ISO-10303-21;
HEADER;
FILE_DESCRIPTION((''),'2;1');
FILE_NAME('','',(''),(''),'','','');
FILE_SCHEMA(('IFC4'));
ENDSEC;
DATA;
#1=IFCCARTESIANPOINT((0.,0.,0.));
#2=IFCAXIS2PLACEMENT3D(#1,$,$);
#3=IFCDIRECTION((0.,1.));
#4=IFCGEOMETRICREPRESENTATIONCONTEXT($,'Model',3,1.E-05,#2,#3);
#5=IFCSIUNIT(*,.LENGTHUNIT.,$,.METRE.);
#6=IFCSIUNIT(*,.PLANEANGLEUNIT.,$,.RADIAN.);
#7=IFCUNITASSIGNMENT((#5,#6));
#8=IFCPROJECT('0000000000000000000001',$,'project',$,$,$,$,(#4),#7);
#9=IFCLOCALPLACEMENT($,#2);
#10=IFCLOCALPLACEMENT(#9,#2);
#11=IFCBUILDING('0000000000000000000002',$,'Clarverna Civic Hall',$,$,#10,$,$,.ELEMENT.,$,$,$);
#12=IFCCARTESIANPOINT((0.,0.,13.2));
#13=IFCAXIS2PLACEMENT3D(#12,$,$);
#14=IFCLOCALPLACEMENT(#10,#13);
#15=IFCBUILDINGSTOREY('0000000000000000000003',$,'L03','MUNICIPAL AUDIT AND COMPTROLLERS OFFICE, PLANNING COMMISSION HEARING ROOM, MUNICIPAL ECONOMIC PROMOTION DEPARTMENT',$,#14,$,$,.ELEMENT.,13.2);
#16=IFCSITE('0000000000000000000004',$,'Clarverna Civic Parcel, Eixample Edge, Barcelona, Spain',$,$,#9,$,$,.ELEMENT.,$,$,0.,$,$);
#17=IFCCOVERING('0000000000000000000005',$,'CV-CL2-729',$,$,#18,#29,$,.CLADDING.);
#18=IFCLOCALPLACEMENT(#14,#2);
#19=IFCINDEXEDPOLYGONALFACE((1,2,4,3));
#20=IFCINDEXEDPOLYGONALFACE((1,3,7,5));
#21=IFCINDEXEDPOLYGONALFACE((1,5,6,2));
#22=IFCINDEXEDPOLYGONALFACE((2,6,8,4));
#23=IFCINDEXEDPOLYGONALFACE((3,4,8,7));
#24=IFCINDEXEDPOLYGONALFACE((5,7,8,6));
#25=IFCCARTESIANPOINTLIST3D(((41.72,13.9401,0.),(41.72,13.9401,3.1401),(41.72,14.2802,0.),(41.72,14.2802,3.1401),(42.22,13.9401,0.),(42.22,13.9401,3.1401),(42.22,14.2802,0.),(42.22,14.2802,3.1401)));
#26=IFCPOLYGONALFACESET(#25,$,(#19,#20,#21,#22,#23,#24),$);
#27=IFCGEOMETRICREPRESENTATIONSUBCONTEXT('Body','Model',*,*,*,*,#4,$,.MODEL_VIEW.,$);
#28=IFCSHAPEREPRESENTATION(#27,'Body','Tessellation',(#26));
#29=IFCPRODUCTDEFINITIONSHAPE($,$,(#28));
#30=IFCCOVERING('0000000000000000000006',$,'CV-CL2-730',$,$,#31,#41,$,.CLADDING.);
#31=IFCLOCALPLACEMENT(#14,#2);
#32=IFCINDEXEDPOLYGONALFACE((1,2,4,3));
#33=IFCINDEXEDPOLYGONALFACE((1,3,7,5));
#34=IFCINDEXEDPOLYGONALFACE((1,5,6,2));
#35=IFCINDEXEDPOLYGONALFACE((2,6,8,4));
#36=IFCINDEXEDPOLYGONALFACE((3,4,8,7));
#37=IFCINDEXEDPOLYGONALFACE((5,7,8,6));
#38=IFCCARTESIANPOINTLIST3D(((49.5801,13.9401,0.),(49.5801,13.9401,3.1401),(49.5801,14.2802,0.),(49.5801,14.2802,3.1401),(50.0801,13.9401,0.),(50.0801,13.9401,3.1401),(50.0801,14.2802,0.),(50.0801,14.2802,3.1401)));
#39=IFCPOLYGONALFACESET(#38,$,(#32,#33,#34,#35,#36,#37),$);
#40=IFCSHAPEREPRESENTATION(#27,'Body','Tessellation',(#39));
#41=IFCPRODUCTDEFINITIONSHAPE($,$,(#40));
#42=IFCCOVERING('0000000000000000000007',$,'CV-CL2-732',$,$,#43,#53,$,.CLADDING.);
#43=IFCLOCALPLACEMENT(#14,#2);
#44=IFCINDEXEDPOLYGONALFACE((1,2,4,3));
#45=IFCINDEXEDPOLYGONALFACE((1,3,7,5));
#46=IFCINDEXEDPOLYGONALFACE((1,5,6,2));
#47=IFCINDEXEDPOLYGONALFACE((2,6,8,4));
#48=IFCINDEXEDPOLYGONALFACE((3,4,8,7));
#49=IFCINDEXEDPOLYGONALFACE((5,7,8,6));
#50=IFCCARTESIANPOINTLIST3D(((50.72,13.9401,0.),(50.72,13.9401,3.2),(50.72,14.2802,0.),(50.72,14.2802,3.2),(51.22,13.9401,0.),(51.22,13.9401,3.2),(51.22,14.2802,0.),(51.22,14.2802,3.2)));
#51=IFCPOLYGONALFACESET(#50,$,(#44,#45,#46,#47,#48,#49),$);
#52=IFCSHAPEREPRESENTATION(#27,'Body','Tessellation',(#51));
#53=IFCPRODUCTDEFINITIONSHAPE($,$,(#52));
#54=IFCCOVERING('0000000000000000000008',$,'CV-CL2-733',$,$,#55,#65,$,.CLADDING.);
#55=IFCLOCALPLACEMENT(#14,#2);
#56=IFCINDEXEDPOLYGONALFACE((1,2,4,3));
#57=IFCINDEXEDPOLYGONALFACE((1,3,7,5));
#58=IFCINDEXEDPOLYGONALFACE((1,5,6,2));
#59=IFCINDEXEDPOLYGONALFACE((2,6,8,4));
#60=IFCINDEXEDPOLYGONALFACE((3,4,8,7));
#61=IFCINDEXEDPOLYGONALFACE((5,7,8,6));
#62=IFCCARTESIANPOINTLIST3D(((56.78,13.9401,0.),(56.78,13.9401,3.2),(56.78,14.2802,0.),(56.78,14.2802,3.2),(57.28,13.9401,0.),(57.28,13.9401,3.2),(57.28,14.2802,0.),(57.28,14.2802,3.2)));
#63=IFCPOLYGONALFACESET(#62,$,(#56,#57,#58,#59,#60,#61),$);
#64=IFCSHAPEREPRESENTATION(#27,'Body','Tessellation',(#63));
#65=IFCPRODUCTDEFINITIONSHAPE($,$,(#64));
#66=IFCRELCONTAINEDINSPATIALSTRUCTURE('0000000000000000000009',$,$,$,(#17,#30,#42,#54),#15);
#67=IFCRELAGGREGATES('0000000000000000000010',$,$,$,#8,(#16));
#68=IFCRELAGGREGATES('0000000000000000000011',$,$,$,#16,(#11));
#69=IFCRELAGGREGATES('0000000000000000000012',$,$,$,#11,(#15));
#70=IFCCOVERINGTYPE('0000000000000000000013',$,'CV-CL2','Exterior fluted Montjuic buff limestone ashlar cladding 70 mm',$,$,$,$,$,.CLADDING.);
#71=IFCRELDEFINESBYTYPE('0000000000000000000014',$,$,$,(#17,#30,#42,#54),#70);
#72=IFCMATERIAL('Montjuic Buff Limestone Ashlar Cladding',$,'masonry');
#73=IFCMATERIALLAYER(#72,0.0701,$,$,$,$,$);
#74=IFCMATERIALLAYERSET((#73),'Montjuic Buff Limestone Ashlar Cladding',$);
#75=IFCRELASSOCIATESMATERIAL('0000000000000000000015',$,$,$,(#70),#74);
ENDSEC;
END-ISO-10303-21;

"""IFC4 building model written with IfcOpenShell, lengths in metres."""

from ifc_helpers import new_model, si_unit, direction, frame, frame_2d, origin, place, context, subcontext, project, spatial, rectangle, extrude, material, layer, layer_set, type_object, element, save


model = new_model("IFC4")

# Units and contexts
model_context = context("Model", 3, precision=1e-05, world=origin(), true_north=direction((0.0, 1.0)))
body_context = subcontext(model_context, "Body", "Model", "MODEL_VIEW")
ifc_project = project(units=[si_unit("LENGTHUNIT", "METRE"), si_unit("PLANEANGLEUNIT", "RADIAN")], contexts=[model_context])

# Site, building, storey
site_placement = place(None, origin())
site = spatial("IfcSite", under=ifc_project, at=site_placement, Name="Clarverna Civic Parcel, Eixample Edge, Barcelona, Spain", CompositionType="ELEMENT", RefElevation=0.0)
building_placement = place(site_placement, origin())
building = spatial("IfcBuilding", under=site, at=building_placement, Name="Clarverna Civic Hall", CompositionType="ELEMENT")
storey_placement = place(building_placement, frame((0.0, 0.0, 13.2)))
storey = spatial("IfcBuildingStorey", under=building, at=storey_placement, Name="L03", Description="MUNICIPAL AUDIT AND COMPTROLLERS OFFICE, PLANNING COMMISSION HEARING ROOM, MUNICIPAL ECONOMIC PROMOTION DEPARTMENT", CompositionType="ELEMENT", Elevation=13.2)

# Coverings
ifc_material_1 = material(Name="Montjuic Buff Limestone Ashlar Cladding", Category="masonry")
ifc_layer_1 = layer(ifc_material_1, 0.0701)
ifc_layer_set_1 = layer_set([ifc_layer_1], Name="Montjuic Buff Limestone Ashlar Cladding")
covering_type = type_object("IfcCoveringType", Name="CV-CL2", Description="Exterior fluted Montjuic buff limestone ashlar cladding 70 mm", PredefinedType="CLADDING", material=ifc_layer_set_1)
for number, where, z_axis, x_axis, name in (
    (1, (41.72, 14.1101, 0.0), (0.0, 0.0, 1.0), (1.0, 0.0, 0.0), "CV-CL2-729"),
    (2, (49.5801, 14.1101, 0.0), (0.0, 0.0, 1.0), (1.0, 0.0, 0.0), "CV-CL2-730"),
):
    element("IfcCovering", number, at=place(storey_placement, frame(where, z_axis=z_axis, x_axis=x_axis)), inside=storey, type_object=covering_type, Name=name, PredefinedType="CLADDING", context=body_context, shape_type="SweptSolid", body=[
        extrude(rectangle(XDim=0.5, YDim=0.3401, at=frame_2d((0.25, 0.0))), origin(), (0.0, 0.0, 1.0), 3.1401),
    ])
for number, where, z_axis, x_axis, name in (
    (3, (50.72, 14.1101, 0.0), (0.0, 0.0, 1.0), (1.0, 0.0, 0.0), "CV-CL2-732"),
    (4, (56.78, 14.1101, 0.0), (0.0, 0.0, 1.0), (1.0, 0.0, 0.0), "CV-CL2-733"),
):
    element("IfcCovering", number, at=place(storey_placement, frame(where, z_axis=z_axis, x_axis=x_axis)), inside=storey, type_object=covering_type, Name=name, PredefinedType="CLADDING", context=body_context, shape_type="SweptSolid", body=[
        extrude(rectangle(XDim=0.5, YDim=0.3401, at=frame_2d((0.25, 0.0))), origin(), (0.0, 0.0, 1.0), 3.2),
    ])

save(model, "model.ifc")
